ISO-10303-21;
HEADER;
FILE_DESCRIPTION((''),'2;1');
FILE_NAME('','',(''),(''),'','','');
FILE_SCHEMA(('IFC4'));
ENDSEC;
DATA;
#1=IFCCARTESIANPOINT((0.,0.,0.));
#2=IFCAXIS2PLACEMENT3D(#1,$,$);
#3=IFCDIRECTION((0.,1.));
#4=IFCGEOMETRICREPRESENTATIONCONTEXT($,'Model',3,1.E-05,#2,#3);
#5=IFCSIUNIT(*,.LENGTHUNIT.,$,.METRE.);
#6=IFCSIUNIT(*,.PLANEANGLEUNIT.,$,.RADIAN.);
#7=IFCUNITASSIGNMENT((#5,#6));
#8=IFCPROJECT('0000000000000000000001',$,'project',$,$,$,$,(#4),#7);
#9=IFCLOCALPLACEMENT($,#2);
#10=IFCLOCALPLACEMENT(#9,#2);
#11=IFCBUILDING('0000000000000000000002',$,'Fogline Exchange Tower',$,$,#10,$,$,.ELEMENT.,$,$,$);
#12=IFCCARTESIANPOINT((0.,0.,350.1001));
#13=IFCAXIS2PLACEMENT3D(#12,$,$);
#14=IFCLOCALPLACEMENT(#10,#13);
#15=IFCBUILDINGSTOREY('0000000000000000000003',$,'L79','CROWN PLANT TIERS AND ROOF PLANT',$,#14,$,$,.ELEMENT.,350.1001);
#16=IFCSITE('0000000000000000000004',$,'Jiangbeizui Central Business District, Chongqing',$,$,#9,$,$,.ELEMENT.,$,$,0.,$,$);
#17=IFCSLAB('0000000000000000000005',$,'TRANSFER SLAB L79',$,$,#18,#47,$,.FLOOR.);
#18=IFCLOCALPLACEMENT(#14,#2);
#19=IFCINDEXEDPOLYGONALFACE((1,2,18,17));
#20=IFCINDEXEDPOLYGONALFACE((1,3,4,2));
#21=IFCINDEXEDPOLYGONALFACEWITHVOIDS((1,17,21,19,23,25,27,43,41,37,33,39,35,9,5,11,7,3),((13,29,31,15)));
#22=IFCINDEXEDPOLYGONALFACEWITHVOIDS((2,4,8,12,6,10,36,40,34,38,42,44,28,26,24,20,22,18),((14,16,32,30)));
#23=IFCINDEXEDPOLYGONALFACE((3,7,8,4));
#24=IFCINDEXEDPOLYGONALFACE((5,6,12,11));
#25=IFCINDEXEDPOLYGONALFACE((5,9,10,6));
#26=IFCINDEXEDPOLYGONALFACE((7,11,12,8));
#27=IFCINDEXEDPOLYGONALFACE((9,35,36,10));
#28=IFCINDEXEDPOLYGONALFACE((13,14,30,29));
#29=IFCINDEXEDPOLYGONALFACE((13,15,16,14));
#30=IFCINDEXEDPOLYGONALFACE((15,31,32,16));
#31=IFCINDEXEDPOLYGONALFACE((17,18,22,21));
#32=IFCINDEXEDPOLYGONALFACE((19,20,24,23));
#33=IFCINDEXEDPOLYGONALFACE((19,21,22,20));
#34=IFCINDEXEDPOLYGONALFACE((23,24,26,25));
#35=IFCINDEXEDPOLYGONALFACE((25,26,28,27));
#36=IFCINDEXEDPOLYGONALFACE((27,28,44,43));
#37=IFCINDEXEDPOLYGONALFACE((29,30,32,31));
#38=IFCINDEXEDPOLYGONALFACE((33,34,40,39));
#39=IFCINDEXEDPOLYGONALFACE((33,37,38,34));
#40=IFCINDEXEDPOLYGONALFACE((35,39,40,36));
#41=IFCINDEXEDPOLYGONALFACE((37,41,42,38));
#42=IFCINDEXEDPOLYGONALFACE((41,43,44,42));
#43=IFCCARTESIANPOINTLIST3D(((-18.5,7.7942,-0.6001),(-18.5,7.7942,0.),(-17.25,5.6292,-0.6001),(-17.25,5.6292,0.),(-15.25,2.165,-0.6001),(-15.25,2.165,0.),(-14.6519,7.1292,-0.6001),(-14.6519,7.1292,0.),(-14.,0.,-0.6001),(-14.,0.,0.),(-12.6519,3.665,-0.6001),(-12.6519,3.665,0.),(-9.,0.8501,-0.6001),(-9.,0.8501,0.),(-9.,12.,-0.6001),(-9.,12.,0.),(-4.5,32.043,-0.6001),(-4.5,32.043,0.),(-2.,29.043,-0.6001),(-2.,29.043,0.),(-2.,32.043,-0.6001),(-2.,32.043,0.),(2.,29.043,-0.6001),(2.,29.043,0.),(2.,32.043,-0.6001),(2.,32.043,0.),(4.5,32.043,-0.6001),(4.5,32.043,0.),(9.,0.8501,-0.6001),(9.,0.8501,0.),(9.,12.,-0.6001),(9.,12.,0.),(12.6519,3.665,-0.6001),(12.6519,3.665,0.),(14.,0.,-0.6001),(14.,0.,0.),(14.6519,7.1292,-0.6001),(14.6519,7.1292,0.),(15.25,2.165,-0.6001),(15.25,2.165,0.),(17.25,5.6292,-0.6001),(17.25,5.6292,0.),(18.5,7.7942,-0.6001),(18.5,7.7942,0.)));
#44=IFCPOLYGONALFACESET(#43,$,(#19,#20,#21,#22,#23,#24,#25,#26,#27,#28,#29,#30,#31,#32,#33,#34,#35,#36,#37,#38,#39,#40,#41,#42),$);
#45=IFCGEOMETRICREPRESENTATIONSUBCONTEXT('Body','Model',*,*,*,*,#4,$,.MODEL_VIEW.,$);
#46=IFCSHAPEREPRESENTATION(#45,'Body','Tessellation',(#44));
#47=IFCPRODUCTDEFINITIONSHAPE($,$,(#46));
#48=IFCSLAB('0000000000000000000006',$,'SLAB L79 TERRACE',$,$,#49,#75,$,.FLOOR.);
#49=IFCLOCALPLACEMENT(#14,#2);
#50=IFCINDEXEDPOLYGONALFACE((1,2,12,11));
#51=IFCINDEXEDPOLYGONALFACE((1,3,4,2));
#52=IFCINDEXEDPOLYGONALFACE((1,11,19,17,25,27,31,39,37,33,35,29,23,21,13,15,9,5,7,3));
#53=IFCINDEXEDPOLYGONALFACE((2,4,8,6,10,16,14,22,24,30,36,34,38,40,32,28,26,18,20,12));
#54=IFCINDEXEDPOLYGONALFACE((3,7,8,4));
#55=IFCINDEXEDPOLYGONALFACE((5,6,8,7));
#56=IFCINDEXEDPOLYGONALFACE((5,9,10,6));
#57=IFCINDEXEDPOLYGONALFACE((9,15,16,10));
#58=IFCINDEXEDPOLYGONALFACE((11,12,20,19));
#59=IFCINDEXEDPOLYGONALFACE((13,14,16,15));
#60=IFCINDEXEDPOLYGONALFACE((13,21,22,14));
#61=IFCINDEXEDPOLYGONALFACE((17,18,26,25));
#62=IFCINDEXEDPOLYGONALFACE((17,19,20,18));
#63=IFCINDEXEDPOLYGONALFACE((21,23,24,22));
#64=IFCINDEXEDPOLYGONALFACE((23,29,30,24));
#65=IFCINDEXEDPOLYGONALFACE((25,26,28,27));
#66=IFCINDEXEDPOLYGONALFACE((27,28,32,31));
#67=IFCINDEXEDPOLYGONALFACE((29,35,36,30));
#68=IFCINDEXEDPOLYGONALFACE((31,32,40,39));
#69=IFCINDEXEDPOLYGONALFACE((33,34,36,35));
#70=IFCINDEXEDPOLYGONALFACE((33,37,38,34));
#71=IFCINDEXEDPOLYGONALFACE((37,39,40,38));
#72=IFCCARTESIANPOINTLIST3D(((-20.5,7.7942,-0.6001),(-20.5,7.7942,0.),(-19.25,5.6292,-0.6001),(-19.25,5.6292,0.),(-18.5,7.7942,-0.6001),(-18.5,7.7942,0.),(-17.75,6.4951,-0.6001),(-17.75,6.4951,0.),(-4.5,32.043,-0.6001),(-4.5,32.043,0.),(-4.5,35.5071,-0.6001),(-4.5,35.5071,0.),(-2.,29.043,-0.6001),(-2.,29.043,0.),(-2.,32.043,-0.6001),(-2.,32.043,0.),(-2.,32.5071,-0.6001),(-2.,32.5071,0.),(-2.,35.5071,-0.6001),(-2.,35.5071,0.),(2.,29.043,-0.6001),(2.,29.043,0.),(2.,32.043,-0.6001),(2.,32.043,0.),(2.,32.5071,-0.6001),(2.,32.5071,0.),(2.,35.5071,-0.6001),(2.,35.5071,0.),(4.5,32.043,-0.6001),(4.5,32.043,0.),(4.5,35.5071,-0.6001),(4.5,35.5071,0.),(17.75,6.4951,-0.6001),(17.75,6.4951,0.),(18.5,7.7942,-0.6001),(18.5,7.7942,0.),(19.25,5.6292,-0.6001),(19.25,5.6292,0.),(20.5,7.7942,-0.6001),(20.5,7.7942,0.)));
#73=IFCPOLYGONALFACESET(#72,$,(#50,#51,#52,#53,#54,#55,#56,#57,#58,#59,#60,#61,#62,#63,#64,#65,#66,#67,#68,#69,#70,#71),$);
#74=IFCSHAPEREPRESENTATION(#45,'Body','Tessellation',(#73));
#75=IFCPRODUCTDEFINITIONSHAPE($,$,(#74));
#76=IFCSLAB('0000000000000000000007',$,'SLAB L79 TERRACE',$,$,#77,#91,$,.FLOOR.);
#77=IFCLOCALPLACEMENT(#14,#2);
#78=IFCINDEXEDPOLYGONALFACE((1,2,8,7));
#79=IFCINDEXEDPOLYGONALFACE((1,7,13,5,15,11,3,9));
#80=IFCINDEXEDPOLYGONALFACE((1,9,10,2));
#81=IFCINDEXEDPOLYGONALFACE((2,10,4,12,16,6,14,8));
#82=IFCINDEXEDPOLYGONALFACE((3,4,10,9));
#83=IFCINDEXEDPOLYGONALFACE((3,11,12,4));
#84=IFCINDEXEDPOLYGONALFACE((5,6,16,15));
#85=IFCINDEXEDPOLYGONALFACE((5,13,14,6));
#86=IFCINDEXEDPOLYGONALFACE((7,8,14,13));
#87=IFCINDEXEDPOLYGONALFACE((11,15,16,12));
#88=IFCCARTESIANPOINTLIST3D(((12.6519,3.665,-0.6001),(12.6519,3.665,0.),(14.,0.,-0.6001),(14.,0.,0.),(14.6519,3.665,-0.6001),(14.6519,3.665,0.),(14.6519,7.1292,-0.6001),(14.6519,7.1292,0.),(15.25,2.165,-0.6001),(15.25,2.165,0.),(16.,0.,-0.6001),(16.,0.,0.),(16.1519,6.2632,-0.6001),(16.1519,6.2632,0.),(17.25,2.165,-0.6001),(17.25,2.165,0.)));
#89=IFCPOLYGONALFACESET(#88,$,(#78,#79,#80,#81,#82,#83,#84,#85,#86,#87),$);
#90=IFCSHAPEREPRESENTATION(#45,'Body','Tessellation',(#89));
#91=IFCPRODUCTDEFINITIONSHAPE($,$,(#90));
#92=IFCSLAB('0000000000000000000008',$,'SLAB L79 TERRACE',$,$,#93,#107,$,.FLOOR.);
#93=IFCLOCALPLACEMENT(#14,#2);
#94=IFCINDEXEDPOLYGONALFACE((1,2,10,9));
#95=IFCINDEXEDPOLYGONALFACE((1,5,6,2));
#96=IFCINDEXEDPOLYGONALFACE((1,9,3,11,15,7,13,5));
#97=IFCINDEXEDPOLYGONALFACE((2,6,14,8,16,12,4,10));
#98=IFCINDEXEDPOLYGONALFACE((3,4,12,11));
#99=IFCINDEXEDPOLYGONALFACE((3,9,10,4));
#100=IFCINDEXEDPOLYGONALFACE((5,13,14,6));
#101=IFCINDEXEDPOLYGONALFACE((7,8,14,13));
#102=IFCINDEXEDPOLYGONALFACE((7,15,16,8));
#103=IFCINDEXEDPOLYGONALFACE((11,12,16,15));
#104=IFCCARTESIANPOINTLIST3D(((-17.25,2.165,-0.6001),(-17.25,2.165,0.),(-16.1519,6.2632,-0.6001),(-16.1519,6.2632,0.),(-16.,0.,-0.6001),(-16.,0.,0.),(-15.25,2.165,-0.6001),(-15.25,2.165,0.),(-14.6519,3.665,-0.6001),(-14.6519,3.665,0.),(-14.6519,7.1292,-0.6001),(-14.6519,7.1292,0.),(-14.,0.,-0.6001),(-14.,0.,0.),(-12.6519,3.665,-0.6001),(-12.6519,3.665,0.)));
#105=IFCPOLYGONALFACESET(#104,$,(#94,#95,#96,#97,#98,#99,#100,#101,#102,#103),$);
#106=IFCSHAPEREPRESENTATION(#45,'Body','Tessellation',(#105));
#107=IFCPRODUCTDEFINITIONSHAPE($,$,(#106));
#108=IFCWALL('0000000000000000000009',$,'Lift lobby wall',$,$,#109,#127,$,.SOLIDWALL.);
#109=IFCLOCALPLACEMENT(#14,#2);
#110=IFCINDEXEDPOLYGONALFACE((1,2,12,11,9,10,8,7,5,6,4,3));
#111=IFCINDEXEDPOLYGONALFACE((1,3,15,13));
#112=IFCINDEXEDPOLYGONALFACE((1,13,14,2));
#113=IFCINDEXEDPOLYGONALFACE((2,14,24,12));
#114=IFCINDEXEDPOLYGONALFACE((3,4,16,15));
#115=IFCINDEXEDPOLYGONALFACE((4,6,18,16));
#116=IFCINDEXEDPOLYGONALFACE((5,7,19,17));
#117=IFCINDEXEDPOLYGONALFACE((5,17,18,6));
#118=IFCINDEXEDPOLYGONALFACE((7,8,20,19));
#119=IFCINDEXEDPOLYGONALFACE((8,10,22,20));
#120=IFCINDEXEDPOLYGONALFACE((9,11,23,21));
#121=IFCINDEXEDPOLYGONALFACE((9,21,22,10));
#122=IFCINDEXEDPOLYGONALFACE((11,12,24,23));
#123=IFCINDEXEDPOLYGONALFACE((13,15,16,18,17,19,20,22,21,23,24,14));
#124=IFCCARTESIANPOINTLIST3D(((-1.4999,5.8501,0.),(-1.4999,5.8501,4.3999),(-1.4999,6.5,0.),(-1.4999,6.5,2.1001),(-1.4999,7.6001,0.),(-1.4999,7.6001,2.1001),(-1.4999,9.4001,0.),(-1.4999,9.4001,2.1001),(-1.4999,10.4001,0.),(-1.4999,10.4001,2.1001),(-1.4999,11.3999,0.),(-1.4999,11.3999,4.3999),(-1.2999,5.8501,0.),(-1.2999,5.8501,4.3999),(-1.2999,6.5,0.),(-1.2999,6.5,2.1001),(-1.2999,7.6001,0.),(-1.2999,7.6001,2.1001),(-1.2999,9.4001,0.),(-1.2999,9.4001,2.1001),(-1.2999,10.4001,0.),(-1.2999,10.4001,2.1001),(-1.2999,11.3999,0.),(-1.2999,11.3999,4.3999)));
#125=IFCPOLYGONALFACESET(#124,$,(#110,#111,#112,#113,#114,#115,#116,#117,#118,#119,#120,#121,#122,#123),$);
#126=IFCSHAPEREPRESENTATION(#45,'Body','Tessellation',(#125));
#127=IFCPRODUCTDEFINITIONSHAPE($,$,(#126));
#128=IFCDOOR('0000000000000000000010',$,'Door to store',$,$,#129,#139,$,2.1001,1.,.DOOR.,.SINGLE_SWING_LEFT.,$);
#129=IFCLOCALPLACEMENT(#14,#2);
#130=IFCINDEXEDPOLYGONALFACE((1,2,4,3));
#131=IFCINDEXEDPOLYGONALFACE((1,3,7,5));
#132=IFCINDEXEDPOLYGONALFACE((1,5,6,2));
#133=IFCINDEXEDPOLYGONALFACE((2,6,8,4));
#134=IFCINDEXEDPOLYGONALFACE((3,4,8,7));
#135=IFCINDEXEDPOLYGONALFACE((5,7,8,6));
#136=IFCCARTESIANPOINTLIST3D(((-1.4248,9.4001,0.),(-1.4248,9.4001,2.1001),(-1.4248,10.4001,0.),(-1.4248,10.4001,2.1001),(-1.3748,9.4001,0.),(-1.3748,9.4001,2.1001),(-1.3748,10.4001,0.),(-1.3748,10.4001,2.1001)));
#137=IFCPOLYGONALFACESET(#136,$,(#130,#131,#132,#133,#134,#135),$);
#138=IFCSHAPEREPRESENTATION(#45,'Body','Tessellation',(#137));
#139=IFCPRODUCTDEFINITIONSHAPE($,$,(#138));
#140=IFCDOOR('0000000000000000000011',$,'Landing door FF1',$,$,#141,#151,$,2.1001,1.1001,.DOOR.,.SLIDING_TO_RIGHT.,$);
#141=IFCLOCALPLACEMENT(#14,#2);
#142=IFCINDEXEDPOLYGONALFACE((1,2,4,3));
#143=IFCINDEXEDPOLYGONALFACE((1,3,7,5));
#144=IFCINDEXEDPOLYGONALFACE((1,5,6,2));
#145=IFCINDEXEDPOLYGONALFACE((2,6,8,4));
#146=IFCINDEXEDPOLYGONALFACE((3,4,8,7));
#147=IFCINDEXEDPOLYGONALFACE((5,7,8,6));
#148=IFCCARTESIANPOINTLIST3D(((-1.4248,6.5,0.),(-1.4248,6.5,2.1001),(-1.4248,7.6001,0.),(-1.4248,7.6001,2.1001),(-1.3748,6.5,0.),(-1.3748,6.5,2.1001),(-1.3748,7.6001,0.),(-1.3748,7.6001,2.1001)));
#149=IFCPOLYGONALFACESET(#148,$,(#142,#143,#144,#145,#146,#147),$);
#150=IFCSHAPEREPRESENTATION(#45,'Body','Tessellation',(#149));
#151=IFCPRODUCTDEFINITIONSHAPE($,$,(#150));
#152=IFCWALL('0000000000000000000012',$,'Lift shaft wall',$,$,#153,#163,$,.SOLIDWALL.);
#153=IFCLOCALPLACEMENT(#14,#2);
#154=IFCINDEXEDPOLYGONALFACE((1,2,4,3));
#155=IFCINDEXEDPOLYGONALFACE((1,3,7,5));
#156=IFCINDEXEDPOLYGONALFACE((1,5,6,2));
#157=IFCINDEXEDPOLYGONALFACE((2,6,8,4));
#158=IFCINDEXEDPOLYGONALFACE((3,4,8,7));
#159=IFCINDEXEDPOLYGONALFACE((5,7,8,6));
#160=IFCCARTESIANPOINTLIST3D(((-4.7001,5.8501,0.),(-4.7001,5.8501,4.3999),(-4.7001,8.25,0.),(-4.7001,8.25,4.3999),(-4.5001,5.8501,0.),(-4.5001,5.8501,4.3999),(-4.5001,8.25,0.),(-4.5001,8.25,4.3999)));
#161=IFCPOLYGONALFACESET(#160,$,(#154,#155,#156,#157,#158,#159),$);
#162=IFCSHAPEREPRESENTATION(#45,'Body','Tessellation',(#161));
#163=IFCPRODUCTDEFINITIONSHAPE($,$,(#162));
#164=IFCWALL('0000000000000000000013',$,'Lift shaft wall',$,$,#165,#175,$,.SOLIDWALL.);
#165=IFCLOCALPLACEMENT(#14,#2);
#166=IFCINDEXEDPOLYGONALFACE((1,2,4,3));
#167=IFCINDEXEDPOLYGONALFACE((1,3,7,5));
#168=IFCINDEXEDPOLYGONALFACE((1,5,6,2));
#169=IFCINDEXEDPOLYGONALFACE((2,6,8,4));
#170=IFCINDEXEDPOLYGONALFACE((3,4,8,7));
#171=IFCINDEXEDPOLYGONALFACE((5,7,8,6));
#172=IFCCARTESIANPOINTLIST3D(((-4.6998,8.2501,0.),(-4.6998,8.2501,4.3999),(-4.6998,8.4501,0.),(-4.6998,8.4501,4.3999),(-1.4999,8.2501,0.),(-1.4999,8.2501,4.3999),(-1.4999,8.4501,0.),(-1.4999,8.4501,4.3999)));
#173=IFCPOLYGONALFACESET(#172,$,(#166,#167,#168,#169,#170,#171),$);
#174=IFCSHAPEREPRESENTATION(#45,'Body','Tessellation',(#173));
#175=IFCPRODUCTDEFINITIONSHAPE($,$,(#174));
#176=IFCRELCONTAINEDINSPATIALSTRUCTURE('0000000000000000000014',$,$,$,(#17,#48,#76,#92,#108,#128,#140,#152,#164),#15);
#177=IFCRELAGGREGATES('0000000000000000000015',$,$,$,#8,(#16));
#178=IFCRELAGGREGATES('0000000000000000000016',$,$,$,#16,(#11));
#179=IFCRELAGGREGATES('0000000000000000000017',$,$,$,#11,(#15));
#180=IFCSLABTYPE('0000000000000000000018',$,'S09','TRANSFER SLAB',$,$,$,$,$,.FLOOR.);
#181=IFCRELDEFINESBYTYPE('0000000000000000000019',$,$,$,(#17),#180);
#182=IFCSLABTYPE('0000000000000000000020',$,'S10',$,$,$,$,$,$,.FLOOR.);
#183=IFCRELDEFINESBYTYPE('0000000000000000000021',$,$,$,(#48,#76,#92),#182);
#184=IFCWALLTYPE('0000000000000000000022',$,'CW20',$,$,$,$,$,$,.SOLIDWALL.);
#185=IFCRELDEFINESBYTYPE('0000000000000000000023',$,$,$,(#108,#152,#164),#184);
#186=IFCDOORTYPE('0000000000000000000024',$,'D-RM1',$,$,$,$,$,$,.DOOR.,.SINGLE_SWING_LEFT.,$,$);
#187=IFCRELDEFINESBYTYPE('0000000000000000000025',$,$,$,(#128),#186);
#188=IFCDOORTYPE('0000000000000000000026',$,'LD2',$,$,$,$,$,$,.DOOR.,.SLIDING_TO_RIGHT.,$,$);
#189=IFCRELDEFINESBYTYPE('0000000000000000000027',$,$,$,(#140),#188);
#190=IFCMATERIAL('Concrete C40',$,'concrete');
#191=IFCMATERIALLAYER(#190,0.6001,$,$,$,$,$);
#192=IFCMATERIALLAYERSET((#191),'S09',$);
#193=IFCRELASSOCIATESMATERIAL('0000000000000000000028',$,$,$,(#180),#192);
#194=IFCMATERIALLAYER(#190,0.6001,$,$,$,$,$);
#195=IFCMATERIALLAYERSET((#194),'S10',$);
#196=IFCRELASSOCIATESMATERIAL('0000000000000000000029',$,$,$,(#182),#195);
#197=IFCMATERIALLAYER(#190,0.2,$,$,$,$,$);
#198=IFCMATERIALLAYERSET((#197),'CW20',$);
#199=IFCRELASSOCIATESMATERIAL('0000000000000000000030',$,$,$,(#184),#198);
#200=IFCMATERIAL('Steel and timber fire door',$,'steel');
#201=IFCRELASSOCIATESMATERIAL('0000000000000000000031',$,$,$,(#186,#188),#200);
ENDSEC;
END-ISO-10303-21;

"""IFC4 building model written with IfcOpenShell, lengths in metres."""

from ifc_helpers import new_model, si_unit, direction, frame, frame_2d, origin, place, context, subcontext, project, spatial, polyline, rectangle, outline, extrude, material, layer, layer_set, type_object, element, fill, save


model = new_model("IFC4")

# Units and contexts
model_context = context("Model", 3, precision=1e-05, world=origin(), true_north=direction((0.0, 1.0)))
body_context = subcontext(model_context, "Body", "Model", "MODEL_VIEW")
ifc_project = project(units=[si_unit("LENGTHUNIT", "METRE"), si_unit("PLANEANGLEUNIT", "RADIAN")], contexts=[model_context])

# Site, building, storey
site_placement = place(None, origin())
site = spatial("IfcSite", under=ifc_project, at=site_placement, Name="Jiangbeizui Central Business District, Chongqing", CompositionType="ELEMENT", RefElevation=0.0)
building_placement = place(site_placement, origin())
building = spatial("IfcBuilding", under=site, at=building_placement, Name="Fogline Exchange Tower", CompositionType="ELEMENT")
storey_placement = place(building_placement, frame((0.0, 0.0, 350.1001)))
storey = spatial("IfcBuildingStorey", under=building, at=storey_placement, Name="L79", Description="CROWN PLANT TIERS AND ROOF PLANT", CompositionType="ELEMENT", Elevation=350.1001)

# Slabs
ifc_material_1 = material(Name="Concrete C40", Category="concrete")
ifc_layer_1 = layer(ifc_material_1, 0.6001)
ifc_layer_set_1 = layer_set([ifc_layer_1], Name="S09")
slab_type_1 = type_object("IfcSlabType", Name="S09", Description="TRANSFER SLAB", PredefinedType="FLOOR", material=ifc_layer_set_1)
slab_1_placement = place(storey_placement, frame((0.0, 0.0, -0.6001)))
element("IfcSlab", 1, at=slab_1_placement, inside=storey, type_object=slab_type_1, Name="TRANSFER SLAB L79", PredefinedType="FLOOR", context=body_context, shape_type="SweptSolid", body=[
    extrude(outline(polyline([(-4.5, 32.043), (-18.5, 7.7942), (-17.25, 5.6292), (-14.6519, 7.1292), (-12.6519, 3.665), (-15.25, 2.165), (-14.0, 0.0), (14.0, 0.0), (15.25, 2.165), (12.6519, 3.665), (14.6519, 7.1292), (17.25, 5.6292), (18.5, 7.7942), (4.5, 32.043), (2.0, 32.043), (2.0, 29.043), (-2.0, 29.043), (-2.0, 32.043), (-4.5, 32.043)]), holes=[polyline([(9.0, 0.8501), (-9.0, 0.8501), (-9.0, 12.0), (9.0, 12.0), (9.0, 0.8501)])]), origin(), (0.0, 0.0, 1.0), 0.6001),
])
ifc_layer_2 = layer(ifc_material_1, 0.6001)
ifc_layer_set_2 = layer_set([ifc_layer_2], Name="S10")
slab_type_2 = type_object("IfcSlabType", Name="S10", PredefinedType="FLOOR", material=ifc_layer_set_2)
slab_2_placement = place(storey_placement, frame((0.0, 0.0, -0.6001)))
element("IfcSlab", 2, at=slab_2_placement, inside=storey, type_object=slab_type_2, Name="SLAB L79 TERRACE", PredefinedType="FLOOR", context=body_context, shape_type="SweptSolid", body=[
    extrude(outline(polyline([(-19.25, 5.6292), (-17.75, 6.4951), (-18.5, 7.7942), (-4.5, 32.043), (-2.0, 32.043), (-2.0, 29.043), (2.0, 29.043), (2.0, 32.043), (4.5, 32.043), (18.5, 7.7942), (17.75, 6.4951), (19.25, 5.6292), (20.5, 7.7942), (4.5, 35.5071), (2.0, 35.5071), (2.0, 32.5071), (-2.0, 32.5071), (-2.0, 35.5071), (-4.5, 35.5071), (-20.5, 7.7942), (-19.25, 5.6292)])), origin(), (0.0, 0.0, 1.0), 0.6001),
])
slab_3_placement = place(storey_placement, frame((0.0, 0.0, -0.6001)))
element("IfcSlab", 3, at=slab_3_placement, inside=storey, type_object=slab_type_2, Name="SLAB L79 TERRACE", PredefinedType="FLOOR", context=body_context, shape_type="SweptSolid", body=[
    extrude(outline(polyline([(14.6519, 3.665), (16.1519, 6.2632), (14.6519, 7.1292), (12.6519, 3.665), (15.25, 2.165), (14.0, 0.0), (16.0, 0.0), (17.25, 2.165), (14.6519, 3.665)])), origin(), (0.0, 0.0, 1.0), 0.6001),
])
slab_4_placement = place(storey_placement, frame((0.0, 0.0, -0.6001)))
element("IfcSlab", 4, at=slab_4_placement, inside=storey, type_object=slab_type_2, Name="SLAB L79 TERRACE", PredefinedType="FLOOR", context=body_context, shape_type="SweptSolid", body=[
    extrude(outline(polyline([(-16.0, 0.0), (-14.0, 0.0), (-15.25, 2.165), (-12.6519, 3.665), (-14.6519, 7.1292), (-16.1519, 6.2632), (-14.6519, 3.665), (-17.25, 2.165), (-16.0, 0.0)])), origin(), (0.0, 0.0, 1.0), 0.6001),
])

# Wall, openings, doors
ifc_layer_3 = layer(ifc_material_1, 0.2)
ifc_layer_set_3 = layer_set([ifc_layer_3], Name="CW20")
wall_type_1 = type_object("IfcWallType", Name="CW20", PredefinedType="SOLIDWALL", material=ifc_layer_set_3)
wall_1_placement = place(storey_placement, frame((-1.3999, 5.8501, 0.0), z_axis=(0.0, 0.0, 1.0), x_axis=(0.0, 1.0, 0.0)))
wall_1 = element("IfcWall", 5, at=wall_1_placement, inside=storey, type_object=wall_type_1, Name="Lift lobby wall", PredefinedType="SOLIDWALL", context=body_context, shape_type="SweptSolid", body=[
    extrude(rectangle(XDim=5.5498, YDim=0.2, at=frame_2d((2.7749, 0.0))), origin(), (0.0, 0.0, 1.0), 4.3999),
])
opening_1_placement = place(wall_1_placement, frame((0.6499, 0.0, 0.0)))
opening_1 = element("IfcOpeningElement", 6, at=opening_1_placement, cuts=wall_1, PredefinedType="OPENING", context=body_context, shape_type="SweptSolid", body=[
    extrude(rectangle(XDim=1.1001, YDim=2.1001, at=frame_2d((0.55, 1.05))), frame((0.0, 0.1099, 0.0), z_axis=(0.0, -1.0, 0.0), x_axis=(1.0, 0.0, 0.0)), (0.0, 0.0, 1.0), 0.22),
])
opening_2_placement = place(wall_1_placement, frame((3.55, 0.0, 0.0)))
opening_2 = element("IfcOpeningElement", 7, at=opening_2_placement, cuts=wall_1, PredefinedType="OPENING", context=body_context, shape_type="SweptSolid", body=[
    extrude(rectangle(XDim=1.0, YDim=2.1001, at=frame_2d((0.5, 1.05))), frame((0.0, 0.1099, 0.0), z_axis=(0.0, -1.0, 0.0), x_axis=(1.0, 0.0, 0.0)), (0.0, 0.0, 1.0), 0.22),
])
ifc_material_2 = material(Name="Steel and timber fire door", Category="steel")
door_type_1 = type_object("IfcDoorType", Name="D-RM1", OperationType="SINGLE_SWING_LEFT", PredefinedType="DOOR", material=ifc_material_2)
door_1_placement = place(opening_2_placement, origin())
door_1 = element("IfcDoor", 8, at=door_1_placement, inside=storey, type_object=door_type_1, Name="Door to store", OperationType="SINGLE_SWING_LEFT", OverallHeight=2.1001, OverallWidth=1.0, PredefinedType="DOOR", context=body_context, shape_type="SweptSolid", body=[
    extrude(rectangle(XDim=1.0, YDim=2.1001, at=frame_2d((0.5, 1.05))), frame((0.0, 0.0249, 0.0), z_axis=(0.0, -1.0, 0.0), x_axis=(1.0, 0.0, 0.0)), (0.0, 0.0, 1.0), 0.05),
])
fill(opening_2, door_1)
door_type_2 = type_object("IfcDoorType", Name="LD2", OperationType="SLIDING_TO_RIGHT", PredefinedType="DOOR", material=ifc_material_2)
door_2_placement = place(opening_1_placement, origin())
door_2 = element("IfcDoor", 9, at=door_2_placement, inside=storey, type_object=door_type_2, Name="Landing door FF1", OperationType="SLIDING_TO_RIGHT", OverallHeight=2.1001, OverallWidth=1.1001, PredefinedType="DOOR", context=body_context, shape_type="SweptSolid", body=[
    extrude(rectangle(XDim=1.1001, YDim=2.1001, at=frame_2d((0.55, 1.05))), frame((0.0, 0.0249, 0.0), z_axis=(0.0, -1.0, 0.0), x_axis=(1.0, 0.0, 0.0)), (0.0, 0.0, 1.0), 0.05),
])
fill(opening_1, door_2)

# Walls
wall_2_placement = place(storey_placement, frame((-4.6001, 5.8501, 0.0), z_axis=(0.0, 0.0, 1.0), x_axis=(0.0, 1.0, 0.0)))
element("IfcWall", 10, at=wall_2_placement, inside=storey, type_object=wall_type_1, Name="Lift shaft wall", PredefinedType="SOLIDWALL", context=body_context, shape_type="SweptSolid", body=[
    extrude(rectangle(XDim=2.3999, YDim=0.2, at=frame_2d((1.2, 0.0))), origin(), (0.0, 0.0, 1.0), 4.3999),
])
wall_3_placement = place(storey_placement, frame((-4.7, 8.3501, 0.0), z_axis=(0.0, 0.0, 1.0), x_axis=(1.0, 0.0, 0.0)))
element("IfcWall", 11, at=wall_3_placement, inside=storey, type_object=wall_type_1, Name="Lift shaft wall", PredefinedType="SOLIDWALL", context=body_context, shape_type="SweptSolid", body=[
    extrude(rectangle(XDim=3.2, YDim=0.2, at=frame_2d((1.6001, 0.0))), origin(), (0.0, 0.0, 1.0), 4.3999),
])

save(model, "model.ifc")
